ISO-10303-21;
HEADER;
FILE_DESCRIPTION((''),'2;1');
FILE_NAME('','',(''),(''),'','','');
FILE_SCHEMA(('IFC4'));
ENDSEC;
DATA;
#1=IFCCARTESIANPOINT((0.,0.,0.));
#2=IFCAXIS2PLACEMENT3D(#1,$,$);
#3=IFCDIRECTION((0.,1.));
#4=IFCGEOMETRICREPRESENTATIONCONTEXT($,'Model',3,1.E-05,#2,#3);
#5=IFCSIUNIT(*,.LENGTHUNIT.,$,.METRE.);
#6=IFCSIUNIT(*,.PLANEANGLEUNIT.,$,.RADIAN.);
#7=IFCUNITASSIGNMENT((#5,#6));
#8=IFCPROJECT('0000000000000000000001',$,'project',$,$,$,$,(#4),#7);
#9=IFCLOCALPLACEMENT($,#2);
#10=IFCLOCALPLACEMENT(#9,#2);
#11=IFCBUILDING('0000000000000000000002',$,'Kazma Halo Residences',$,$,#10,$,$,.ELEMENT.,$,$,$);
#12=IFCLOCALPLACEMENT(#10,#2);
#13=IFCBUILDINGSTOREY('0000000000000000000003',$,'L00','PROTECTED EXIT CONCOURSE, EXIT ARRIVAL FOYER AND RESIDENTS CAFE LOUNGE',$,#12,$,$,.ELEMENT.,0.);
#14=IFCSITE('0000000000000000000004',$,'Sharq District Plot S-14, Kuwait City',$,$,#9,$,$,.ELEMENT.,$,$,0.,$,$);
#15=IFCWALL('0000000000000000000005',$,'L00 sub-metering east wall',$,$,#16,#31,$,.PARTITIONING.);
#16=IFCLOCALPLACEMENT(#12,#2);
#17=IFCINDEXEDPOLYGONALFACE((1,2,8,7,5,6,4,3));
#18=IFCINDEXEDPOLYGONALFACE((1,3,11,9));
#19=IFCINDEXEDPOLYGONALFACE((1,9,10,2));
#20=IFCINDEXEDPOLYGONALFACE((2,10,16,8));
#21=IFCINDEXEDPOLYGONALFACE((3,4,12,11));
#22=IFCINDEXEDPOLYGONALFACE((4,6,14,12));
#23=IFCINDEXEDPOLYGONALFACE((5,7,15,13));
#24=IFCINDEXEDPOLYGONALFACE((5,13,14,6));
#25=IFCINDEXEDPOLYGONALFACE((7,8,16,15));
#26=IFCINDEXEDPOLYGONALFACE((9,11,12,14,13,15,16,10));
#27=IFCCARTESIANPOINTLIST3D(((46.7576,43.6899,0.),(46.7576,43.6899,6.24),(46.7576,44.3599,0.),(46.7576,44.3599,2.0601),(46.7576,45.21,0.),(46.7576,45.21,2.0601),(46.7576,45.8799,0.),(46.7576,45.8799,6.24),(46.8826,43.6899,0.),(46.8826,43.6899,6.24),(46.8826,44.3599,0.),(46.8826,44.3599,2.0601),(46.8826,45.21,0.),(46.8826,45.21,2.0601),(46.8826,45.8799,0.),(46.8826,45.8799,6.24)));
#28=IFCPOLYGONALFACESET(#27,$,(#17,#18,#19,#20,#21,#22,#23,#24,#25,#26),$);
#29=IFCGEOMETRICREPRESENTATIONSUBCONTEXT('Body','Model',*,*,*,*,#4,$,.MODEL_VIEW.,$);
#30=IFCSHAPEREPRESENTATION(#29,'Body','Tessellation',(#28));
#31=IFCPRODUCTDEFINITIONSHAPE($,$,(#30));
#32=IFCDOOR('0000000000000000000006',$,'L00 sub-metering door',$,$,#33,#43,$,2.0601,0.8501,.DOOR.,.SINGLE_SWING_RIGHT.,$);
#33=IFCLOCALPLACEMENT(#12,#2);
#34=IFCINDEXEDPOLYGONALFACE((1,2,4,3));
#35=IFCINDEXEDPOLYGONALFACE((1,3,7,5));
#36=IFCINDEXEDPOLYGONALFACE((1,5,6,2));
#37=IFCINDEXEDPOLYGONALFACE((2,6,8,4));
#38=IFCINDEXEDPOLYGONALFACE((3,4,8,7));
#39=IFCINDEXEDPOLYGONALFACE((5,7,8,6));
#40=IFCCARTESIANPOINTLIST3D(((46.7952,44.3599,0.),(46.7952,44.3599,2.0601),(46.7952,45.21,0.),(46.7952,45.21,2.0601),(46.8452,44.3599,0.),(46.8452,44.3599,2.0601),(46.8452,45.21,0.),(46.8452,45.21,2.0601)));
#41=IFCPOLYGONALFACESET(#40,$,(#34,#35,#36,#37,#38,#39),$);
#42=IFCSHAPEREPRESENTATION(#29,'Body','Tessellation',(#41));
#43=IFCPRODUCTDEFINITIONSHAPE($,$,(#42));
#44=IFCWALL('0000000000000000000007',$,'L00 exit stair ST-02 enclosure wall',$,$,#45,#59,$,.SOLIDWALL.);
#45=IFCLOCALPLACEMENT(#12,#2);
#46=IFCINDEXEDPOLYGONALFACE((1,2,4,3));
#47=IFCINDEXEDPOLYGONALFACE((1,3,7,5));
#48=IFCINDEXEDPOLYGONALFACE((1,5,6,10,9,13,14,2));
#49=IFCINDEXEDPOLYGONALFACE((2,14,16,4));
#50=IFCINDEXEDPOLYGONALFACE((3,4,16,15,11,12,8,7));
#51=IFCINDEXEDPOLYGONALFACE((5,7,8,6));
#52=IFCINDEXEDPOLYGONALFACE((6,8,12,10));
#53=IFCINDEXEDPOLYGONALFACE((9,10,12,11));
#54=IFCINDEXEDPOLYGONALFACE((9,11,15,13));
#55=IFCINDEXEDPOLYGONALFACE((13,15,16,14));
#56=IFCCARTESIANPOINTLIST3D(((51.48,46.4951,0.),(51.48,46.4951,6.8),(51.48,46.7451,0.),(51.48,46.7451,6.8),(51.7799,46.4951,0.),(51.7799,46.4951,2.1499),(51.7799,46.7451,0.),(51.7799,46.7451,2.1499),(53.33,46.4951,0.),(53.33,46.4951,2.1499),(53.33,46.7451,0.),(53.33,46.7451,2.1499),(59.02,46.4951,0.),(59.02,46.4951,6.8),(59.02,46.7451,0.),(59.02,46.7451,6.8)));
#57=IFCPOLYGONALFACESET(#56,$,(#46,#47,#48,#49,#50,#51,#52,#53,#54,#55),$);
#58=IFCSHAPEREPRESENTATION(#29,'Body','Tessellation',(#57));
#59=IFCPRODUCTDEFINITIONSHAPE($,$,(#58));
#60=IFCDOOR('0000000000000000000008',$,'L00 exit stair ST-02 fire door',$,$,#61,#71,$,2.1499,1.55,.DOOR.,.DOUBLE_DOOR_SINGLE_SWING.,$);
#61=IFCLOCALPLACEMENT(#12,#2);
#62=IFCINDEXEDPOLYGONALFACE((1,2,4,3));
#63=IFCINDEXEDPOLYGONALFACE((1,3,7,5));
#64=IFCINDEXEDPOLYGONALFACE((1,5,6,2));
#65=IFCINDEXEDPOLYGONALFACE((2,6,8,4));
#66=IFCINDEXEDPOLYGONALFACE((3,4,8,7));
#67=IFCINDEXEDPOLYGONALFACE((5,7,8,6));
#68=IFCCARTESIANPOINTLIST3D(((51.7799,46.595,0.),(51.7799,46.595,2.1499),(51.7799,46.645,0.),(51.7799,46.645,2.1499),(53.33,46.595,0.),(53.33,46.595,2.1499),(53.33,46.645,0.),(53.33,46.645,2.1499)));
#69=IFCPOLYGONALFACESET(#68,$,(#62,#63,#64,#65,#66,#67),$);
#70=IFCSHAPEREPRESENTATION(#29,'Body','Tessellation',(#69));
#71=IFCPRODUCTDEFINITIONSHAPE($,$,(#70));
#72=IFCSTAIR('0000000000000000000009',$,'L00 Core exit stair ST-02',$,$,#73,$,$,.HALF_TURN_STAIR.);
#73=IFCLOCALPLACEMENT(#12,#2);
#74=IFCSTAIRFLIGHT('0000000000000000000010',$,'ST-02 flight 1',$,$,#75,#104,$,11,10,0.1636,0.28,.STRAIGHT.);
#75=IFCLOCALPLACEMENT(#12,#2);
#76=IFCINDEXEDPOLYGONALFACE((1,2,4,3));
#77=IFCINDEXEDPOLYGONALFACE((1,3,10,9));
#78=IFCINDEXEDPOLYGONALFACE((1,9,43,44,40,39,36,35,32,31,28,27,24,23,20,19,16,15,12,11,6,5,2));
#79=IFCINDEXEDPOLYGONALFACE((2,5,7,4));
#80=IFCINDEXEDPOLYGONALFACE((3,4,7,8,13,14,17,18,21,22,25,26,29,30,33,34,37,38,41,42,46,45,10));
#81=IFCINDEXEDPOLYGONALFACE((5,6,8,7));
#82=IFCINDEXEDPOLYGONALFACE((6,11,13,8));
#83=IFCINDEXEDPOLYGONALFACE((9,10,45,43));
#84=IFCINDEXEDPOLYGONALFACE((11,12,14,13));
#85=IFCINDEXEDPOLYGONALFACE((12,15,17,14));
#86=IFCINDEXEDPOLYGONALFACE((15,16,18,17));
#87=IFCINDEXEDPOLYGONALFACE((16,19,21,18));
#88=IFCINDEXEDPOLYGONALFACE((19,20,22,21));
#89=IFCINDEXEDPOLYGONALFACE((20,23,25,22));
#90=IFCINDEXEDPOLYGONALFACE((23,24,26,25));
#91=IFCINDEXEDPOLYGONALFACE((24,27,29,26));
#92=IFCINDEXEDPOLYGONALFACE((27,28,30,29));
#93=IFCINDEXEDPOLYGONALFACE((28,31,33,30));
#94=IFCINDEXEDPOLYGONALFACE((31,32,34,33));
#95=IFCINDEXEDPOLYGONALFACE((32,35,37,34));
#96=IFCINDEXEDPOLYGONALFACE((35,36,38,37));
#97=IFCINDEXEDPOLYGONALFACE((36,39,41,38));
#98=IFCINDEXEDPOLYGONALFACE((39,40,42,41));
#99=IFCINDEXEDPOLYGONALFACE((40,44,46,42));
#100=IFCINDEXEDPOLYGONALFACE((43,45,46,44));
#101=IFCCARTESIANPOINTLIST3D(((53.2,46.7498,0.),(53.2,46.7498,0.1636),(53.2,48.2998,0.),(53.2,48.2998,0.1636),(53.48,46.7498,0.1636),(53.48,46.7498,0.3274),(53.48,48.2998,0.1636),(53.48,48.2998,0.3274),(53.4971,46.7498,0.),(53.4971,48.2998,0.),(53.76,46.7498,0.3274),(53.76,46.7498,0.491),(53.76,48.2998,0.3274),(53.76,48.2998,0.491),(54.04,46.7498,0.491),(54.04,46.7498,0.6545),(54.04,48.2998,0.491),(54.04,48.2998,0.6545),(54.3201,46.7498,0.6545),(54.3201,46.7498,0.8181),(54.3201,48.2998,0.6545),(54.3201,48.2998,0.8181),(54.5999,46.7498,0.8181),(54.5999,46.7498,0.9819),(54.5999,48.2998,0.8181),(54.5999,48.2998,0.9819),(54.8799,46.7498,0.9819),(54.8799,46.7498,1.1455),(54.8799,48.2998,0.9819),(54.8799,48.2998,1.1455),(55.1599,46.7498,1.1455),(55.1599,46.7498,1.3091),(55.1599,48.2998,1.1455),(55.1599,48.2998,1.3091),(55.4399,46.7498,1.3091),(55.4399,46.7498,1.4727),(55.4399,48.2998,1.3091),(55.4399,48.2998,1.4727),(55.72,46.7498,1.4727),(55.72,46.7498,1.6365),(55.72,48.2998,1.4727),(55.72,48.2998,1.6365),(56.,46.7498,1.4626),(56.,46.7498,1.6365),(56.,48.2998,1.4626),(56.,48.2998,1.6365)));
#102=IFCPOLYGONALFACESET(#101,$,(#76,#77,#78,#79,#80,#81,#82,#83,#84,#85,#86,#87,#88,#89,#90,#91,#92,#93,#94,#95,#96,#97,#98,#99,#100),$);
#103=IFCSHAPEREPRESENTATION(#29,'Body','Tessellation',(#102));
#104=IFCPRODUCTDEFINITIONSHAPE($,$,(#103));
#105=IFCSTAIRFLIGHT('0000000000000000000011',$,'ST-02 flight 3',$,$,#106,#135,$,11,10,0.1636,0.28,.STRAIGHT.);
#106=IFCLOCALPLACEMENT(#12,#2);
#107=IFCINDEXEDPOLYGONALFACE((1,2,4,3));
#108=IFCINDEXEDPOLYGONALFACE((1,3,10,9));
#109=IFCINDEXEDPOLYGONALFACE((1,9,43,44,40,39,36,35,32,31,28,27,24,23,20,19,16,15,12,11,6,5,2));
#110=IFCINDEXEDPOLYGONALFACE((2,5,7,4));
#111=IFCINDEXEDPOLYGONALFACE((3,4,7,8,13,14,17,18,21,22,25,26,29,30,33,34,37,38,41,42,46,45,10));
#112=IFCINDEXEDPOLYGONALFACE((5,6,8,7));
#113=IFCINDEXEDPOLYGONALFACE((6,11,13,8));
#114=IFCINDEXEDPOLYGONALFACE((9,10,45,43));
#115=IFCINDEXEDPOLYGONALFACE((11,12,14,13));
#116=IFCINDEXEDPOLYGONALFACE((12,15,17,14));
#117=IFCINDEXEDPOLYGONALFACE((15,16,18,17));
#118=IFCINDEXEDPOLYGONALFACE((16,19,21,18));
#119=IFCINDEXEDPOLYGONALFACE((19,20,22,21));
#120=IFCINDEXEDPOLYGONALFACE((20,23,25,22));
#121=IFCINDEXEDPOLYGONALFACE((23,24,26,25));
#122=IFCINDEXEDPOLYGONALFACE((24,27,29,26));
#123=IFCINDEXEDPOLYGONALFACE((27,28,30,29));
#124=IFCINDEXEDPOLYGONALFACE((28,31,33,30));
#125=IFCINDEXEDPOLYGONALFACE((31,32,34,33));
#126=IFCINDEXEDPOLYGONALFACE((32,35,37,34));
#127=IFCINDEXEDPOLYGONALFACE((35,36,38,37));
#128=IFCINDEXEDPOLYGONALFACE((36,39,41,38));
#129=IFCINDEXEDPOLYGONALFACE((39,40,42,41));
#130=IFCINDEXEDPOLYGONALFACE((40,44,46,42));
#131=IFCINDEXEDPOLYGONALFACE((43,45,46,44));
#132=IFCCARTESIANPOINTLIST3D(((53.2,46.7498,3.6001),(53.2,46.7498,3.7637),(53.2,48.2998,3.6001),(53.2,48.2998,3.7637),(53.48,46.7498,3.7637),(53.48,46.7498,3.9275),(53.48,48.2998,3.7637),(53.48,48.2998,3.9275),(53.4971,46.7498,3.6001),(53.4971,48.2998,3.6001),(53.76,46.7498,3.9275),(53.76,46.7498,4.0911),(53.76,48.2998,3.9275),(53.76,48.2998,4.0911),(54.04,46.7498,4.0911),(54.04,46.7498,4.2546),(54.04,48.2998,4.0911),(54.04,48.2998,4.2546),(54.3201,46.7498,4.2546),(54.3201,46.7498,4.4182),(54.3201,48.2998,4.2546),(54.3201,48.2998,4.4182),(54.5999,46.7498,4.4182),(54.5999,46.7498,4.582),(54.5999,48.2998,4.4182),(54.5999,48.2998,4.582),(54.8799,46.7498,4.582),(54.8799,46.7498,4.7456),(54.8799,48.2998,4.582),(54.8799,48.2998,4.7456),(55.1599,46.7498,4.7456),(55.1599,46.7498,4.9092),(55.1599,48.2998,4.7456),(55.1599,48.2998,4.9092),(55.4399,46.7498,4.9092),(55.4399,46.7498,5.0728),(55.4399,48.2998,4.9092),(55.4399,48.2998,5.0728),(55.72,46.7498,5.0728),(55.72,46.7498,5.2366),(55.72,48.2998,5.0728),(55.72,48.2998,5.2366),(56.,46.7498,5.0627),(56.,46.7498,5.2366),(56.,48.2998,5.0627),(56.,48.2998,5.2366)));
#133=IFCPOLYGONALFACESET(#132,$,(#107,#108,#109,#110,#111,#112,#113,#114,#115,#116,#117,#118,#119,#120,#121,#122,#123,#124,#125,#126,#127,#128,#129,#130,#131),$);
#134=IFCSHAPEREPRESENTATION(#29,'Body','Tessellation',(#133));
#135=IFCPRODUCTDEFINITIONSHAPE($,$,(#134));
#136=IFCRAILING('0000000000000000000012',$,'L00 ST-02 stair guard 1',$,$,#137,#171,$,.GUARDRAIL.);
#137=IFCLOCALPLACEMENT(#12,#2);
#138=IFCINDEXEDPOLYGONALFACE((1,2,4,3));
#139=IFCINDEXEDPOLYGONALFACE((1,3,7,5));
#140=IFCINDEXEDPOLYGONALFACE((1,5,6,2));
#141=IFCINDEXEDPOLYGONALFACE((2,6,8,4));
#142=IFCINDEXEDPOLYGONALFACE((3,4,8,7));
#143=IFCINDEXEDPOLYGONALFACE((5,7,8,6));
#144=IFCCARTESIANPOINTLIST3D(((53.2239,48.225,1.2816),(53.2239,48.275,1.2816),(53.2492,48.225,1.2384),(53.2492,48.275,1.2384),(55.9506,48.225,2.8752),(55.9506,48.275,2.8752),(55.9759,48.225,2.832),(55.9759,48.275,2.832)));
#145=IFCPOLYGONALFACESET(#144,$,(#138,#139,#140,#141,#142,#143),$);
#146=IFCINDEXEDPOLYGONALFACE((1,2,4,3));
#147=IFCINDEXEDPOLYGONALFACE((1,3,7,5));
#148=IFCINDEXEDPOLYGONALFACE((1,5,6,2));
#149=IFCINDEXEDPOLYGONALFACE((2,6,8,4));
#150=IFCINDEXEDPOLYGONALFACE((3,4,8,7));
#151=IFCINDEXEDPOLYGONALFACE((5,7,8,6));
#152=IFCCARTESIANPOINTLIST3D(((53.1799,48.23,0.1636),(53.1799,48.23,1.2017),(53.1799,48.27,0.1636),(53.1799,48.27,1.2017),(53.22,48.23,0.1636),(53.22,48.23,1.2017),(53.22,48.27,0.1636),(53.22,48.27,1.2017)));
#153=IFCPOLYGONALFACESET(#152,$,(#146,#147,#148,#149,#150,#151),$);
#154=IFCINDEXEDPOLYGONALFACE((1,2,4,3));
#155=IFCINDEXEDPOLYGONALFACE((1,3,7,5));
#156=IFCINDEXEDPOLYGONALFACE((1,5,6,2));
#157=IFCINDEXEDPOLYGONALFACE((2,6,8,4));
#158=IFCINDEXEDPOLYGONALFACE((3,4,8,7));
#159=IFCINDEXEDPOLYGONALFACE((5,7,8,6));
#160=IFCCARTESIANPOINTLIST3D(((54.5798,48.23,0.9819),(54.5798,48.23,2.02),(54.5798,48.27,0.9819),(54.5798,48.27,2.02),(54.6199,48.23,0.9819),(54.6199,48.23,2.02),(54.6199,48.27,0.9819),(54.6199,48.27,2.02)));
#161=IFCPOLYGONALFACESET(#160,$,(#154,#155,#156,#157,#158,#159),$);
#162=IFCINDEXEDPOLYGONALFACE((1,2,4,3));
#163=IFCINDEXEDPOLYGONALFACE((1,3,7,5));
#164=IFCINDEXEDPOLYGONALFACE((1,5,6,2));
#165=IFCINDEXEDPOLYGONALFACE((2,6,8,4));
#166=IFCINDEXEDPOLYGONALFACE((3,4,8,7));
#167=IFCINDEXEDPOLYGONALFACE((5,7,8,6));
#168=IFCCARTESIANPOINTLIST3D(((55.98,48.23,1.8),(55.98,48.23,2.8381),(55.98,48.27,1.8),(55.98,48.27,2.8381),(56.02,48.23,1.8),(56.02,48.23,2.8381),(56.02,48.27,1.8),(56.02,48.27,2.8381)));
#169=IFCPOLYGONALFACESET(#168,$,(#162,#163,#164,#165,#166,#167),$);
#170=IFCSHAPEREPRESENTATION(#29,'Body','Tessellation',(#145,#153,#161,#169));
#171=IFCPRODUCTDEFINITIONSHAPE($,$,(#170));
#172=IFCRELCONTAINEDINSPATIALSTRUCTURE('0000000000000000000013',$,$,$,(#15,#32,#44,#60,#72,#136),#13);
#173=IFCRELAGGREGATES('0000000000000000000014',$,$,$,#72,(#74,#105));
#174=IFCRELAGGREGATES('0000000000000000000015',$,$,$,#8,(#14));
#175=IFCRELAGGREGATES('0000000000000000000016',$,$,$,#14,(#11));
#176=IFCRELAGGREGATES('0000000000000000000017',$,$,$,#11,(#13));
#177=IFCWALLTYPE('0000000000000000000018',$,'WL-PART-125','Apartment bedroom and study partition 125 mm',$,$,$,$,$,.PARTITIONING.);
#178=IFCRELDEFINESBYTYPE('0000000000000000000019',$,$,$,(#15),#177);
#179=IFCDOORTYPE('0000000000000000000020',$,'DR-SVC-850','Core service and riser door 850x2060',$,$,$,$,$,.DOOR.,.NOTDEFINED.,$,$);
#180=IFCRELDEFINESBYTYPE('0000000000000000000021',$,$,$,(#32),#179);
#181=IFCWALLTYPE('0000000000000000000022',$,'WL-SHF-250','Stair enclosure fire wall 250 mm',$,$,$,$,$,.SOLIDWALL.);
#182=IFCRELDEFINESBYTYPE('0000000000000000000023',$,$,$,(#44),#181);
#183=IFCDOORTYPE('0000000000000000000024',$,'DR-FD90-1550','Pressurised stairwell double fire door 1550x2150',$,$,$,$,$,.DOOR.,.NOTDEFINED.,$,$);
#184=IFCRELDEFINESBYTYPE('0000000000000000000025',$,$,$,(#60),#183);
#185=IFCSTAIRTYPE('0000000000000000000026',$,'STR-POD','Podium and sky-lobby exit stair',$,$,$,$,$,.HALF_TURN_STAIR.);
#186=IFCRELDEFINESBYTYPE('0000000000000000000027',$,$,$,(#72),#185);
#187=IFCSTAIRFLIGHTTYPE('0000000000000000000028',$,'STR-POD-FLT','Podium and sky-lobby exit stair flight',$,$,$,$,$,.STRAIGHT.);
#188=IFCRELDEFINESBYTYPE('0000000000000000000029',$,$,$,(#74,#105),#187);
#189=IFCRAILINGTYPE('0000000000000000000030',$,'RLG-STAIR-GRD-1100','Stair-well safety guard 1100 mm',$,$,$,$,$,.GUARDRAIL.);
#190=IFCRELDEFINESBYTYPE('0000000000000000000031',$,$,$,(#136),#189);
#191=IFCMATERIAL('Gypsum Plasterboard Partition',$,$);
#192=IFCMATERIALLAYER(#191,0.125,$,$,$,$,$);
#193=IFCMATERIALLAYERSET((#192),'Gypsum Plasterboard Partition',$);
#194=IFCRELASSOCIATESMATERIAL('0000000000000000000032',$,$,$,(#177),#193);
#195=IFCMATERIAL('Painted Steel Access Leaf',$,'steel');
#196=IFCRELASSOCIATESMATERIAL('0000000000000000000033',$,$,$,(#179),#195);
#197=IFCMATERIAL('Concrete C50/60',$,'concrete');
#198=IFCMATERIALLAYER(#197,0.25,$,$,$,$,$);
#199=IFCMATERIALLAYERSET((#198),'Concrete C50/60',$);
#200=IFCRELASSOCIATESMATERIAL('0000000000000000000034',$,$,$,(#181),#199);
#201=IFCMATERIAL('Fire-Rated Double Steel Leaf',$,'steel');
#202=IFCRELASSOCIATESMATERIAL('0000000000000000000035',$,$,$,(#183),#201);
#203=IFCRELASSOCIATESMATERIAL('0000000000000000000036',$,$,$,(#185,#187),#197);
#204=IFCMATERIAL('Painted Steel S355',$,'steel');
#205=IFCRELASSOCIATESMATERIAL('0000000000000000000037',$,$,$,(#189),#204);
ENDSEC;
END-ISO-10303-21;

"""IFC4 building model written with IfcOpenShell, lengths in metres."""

from ifc_helpers import new_model, si_unit, direction, frame, frame_2d, origin, origin_2d, place, context, subcontext, project, spatial, polyline, rectangle, outline, extrude, material, layer, layer_set, type_object, element, fill, aggregate, save


model = new_model("IFC4")

# Units and contexts
model_context = context("Model", 3, precision=1e-05, world=origin(), true_north=direction((0.0, 1.0)))
body_context = subcontext(model_context, "Body", "Model", "MODEL_VIEW")
ifc_project = project(units=[si_unit("LENGTHUNIT", "METRE"), si_unit("PLANEANGLEUNIT", "RADIAN")], contexts=[model_context])

# Site, building, storey
site_placement = place(None, origin())
site = spatial("IfcSite", under=ifc_project, at=site_placement, Name="Sharq District Plot S-14, Kuwait City", CompositionType="ELEMENT", RefElevation=0.0)
building_placement = place(site_placement, origin())
building = spatial("IfcBuilding", under=site, at=building_placement, Name="Kazma Halo Residences", CompositionType="ELEMENT")
storey_placement = place(building_placement, origin())
storey = spatial("IfcBuildingStorey", under=building, at=storey_placement, Name="L00", Description="PROTECTED EXIT CONCOURSE, EXIT ARRIVAL FOYER AND RESIDENTS CAFE LOUNGE", CompositionType="ELEMENT", Elevation=0.0)

# Walls, openings, doors
ifc_material_1 = material(Name="Gypsum Plasterboard Partition")
ifc_layer_1 = layer(ifc_material_1, 0.125)
ifc_layer_set_1 = layer_set([ifc_layer_1], Name="Gypsum Plasterboard Partition")
wall_type_1 = type_object("IfcWallType", Name="WL-PART-125", Description="Apartment bedroom and study partition 125 mm", PredefinedType="PARTITIONING", material=ifc_layer_set_1)
wall_1_placement = place(storey_placement, frame((46.8201, 43.6899, 0.0), z_axis=(0.0, 0.0, 1.0), x_axis=(0.0, 1.0, 0.0)))
wall_1 = element("IfcWall", 1, at=wall_1_placement, inside=storey, type_object=wall_type_1, Name="L00 sub-metering east wall", PredefinedType="PARTITIONING", context=body_context, shape_type="SweptSolid", body=[
    extrude(rectangle(XDim=2.1899, YDim=0.125, at=frame_2d((1.095, 0.0))), origin(), (0.0, 0.0, 1.0), 6.24),
])
opening_1_placement = place(wall_1_placement, frame((0.6699, 0.0, 0.0)))
opening_1 = element("IfcOpeningElement", 2, at=opening_1_placement, cuts=wall_1, PredefinedType="OPENING", context=body_context, shape_type="SweptSolid", body=[
    extrude(rectangle(XDim=0.8501, YDim=2.0601, at=frame_2d((0.425, 1.03))), frame((0.0, 0.0725, 0.0), z_axis=(0.0, -1.0, 0.0), x_axis=(1.0, 0.0, 0.0)), (0.0, 0.0, 1.0), 0.145),
])
ifc_material_2 = material(Name="Painted Steel Access Leaf", Category="steel")
door_type_1 = type_object("IfcDoorType", Name="DR-SVC-850", Description="Core service and riser door 850x2060", OperationType="NOTDEFINED", PredefinedType="DOOR", material=ifc_material_2)
door_1_placement = place(opening_1_placement, origin())
door_1 = element("IfcDoor", 3, at=door_1_placement, inside=storey, type_object=door_type_1, Name="L00 sub-metering door", OperationType="SINGLE_SWING_RIGHT", OverallHeight=2.0601, OverallWidth=0.8501, PredefinedType="DOOR", context=body_context, shape_type="SweptSolid", body=[
    extrude(rectangle(XDim=0.8501, YDim=2.0601, at=frame_2d((0.425, 1.03))), frame((0.0, 0.0249, 0.0), z_axis=(0.0, -1.0, 0.0), x_axis=(1.0, 0.0, 0.0)), (0.0, 0.0, 1.0), 0.05),
])
fill(opening_1, door_1)
ifc_material_3 = material(Name="Concrete C50/60", Category="concrete")
ifc_layer_2 = layer(ifc_material_3, 0.25)
ifc_layer_set_2 = layer_set([ifc_layer_2], Name="Concrete C50/60")
wall_type_2 = type_object("IfcWallType", Name="WL-SHF-250", Description="Stair enclosure fire wall 250 mm", PredefinedType="SOLIDWALL", material=ifc_layer_set_2)
wall_2_placement = place(storey_placement, frame((51.48, 46.6201, 0.0), z_axis=(0.0, 0.0, 1.0), x_axis=(1.0, 0.0, 0.0)))
wall_2 = element("IfcWall", 4, at=wall_2_placement, inside=storey, type_object=wall_type_2, Name="L00 exit stair ST-02 enclosure wall", PredefinedType="SOLIDWALL", context=body_context, shape_type="SweptSolid", body=[
    extrude(rectangle(XDim=7.54, YDim=0.25, at=frame_2d((3.77, 0.0))), origin(), (0.0, 0.0, 1.0), 6.8),
])
opening_2_placement = place(wall_2_placement, frame((0.3, 0.0, 0.0)))
opening_2 = element("IfcOpeningElement", 5, at=opening_2_placement, cuts=wall_2, PredefinedType="OPENING", context=body_context, shape_type="SweptSolid", body=[
    extrude(rectangle(XDim=1.55, YDim=2.1499, at=frame_2d((0.7749, 1.075))), frame((0.0, 0.135, 0.0), z_axis=(0.0, -1.0, 0.0), x_axis=(1.0, 0.0, 0.0)), (0.0, 0.0, 1.0), 0.27),
])
ifc_material_4 = material(Name="Fire-Rated Double Steel Leaf", Category="steel")
door_type_2 = type_object("IfcDoorType", Name="DR-FD90-1550", Description="Pressurised stairwell double fire door 1550x2150", OperationType="NOTDEFINED", PredefinedType="DOOR", material=ifc_material_4)
door_2_placement = place(opening_2_placement, origin())
door_2 = element("IfcDoor", 6, at=door_2_placement, inside=storey, type_object=door_type_2, Name="L00 exit stair ST-02 fire door", OperationType="DOUBLE_DOOR_SINGLE_SWING", OverallHeight=2.1499, OverallWidth=1.55, PredefinedType="DOOR", context=body_context, shape_type="SweptSolid", body=[
    extrude(rectangle(XDim=1.55, YDim=2.1499, at=frame_2d((0.7749, 1.075))), frame((0.0, 0.0249, 0.0), z_axis=(0.0, -1.0, 0.0), x_axis=(1.0, 0.0, 0.0)), (0.0, 0.0, 1.0), 0.05),
])
fill(opening_2, door_2)

# Stair, stair flights
stair_type = type_object("IfcStairType", Name="STR-POD", Description="Podium and sky-lobby exit stair", PredefinedType="HALF_TURN_STAIR", material=ifc_material_3)
stair_placement = place(storey_placement, origin())
stair = element("IfcStair", 7, at=stair_placement, inside=storey, type_object=stair_type, Name="L00 Core exit stair ST-02", PredefinedType="HALF_TURN_STAIR")
stair_flight_type = type_object("IfcStairFlightType", Name="STR-POD-FLT", Description="Podium and sky-lobby exit stair flight", PredefinedType="STRAIGHT", material=ifc_material_3)
stair_flight_1_placement = place(storey_placement, frame((53.2, 47.5249, 0.0), z_axis=(0.0, 0.0, 1.0), x_axis=(1.0, 0.0, 0.0)))
stair_flight_1 = element("IfcStairFlight", 8, at=stair_flight_1_placement, type_object=stair_flight_type, Name="ST-02 flight 1", NumberOfRisers=11, NumberOfTreads=10, PredefinedType="STRAIGHT", RiserHeight=0.1636, TreadLength=0.28, context=body_context, shape_type="SweptSolid", body=[
    extrude(outline(polyline([(0.0, 0.0), (0.0, 0.1636), (0.28, 0.1636), (0.28, 0.3274), (0.5601, 0.3274), (0.5601, 0.491), (0.8401, 0.491), (0.8401, 0.6545), (1.1201, 0.6545), (1.1201, 0.8181), (1.3999, 0.8181), (1.3999, 0.9819), (1.6799, 0.9819), (1.6799, 1.1455), (1.96, 1.1455), (1.96, 1.3091), (2.24, 1.3091), (2.24, 1.4727), (2.52, 1.4727), (2.52, 1.6365), (2.8, 1.6365), (2.8, 1.8), (2.8, 1.4626), (0.2971, 0.0), (0.0, 0.0)])), frame((0.0, 0.7749, 0.0), z_axis=(0.0, -1.0, 0.0), x_axis=(1.0, 0.0, 0.0)), (0.0, 0.0, 1.0), 1.55),
])
stair_flight_2_placement = place(storey_placement, frame((53.2, 47.5249, 3.6001), z_axis=(0.0, 0.0, 1.0), x_axis=(1.0, 0.0, 0.0)))
stair_flight_2 = element("IfcStairFlight", 9, at=stair_flight_2_placement, type_object=stair_flight_type, Name="ST-02 flight 3", NumberOfRisers=11, NumberOfTreads=10, PredefinedType="STRAIGHT", RiserHeight=0.1636, TreadLength=0.28, context=body_context, shape_type="SweptSolid", body=[
    extrude(outline(polyline([(0.0, 0.0), (0.0, 0.1636), (0.28, 0.1636), (0.28, 0.3274), (0.5601, 0.3274), (0.5601, 0.491), (0.8401, 0.491), (0.8401, 0.6545), (1.1201, 0.6545), (1.1201, 0.8181), (1.3999, 0.8181), (1.3999, 0.9819), (1.6799, 0.9819), (1.6799, 1.1455), (1.96, 1.1455), (1.96, 1.3091), (2.24, 1.3091), (2.24, 1.4727), (2.52, 1.4727), (2.52, 1.6365), (2.8, 1.6365), (2.8, 1.8), (2.8, 1.4626), (0.2971, 0.0), (0.0, 0.0)])), frame((0.0, 0.7749, 0.0), z_axis=(0.0, -1.0, 0.0), x_axis=(1.0, 0.0, 0.0)), (0.0, 0.0, 1.0), 1.55),
])
aggregate(stair, [stair_flight_1, stair_flight_2])

# Railing
ifc_material_5 = material(Name="Painted Steel S355", Category="steel")
railing_type_1 = type_object("IfcRailingType", Name="RLG-STAIR-GRD-1100", Description="Stair-well safety guard 1100 mm", PredefinedType="GUARDRAIL", material=ifc_material_5)
railing_1_placement = place(storey_placement, frame((53.2, 48.25, 0.1636)))
element("IfcRailing", 10, at=railing_1_placement, inside=storey, type_object=railing_type_1, Name="L00 ST-02 stair guard 1", PredefinedType="GUARDRAIL", context=body_context, shape_type="SweptSolid", body=[
    extrude(rectangle(XDim=0.05, YDim=0.05, at=origin_2d()), frame((0.0366, 0.0, 1.0964), z_axis=(0.863361, 0.0, 0.504587), x_axis=(0.0, 1.0, 0.0)), (0.0, 0.0, 1.0), 3.1582),
    extrude(rectangle(XDim=0.04, YDim=0.04, at=origin_2d()), origin(), (0.0, 0.0, 1.0), 1.0381),
    extrude(rectangle(XDim=0.04, YDim=0.04, at=origin_2d()), frame((1.3999, 0.0, 0.8184)), (0.0, 0.0, 1.0), 1.0381),
    extrude(rectangle(XDim=0.04, YDim=0.04, at=origin_2d()), frame((2.8, 0.0, 1.6365)), (0.0, 0.0, 1.0), 1.0381),
])

save(model, "model.ifc")
